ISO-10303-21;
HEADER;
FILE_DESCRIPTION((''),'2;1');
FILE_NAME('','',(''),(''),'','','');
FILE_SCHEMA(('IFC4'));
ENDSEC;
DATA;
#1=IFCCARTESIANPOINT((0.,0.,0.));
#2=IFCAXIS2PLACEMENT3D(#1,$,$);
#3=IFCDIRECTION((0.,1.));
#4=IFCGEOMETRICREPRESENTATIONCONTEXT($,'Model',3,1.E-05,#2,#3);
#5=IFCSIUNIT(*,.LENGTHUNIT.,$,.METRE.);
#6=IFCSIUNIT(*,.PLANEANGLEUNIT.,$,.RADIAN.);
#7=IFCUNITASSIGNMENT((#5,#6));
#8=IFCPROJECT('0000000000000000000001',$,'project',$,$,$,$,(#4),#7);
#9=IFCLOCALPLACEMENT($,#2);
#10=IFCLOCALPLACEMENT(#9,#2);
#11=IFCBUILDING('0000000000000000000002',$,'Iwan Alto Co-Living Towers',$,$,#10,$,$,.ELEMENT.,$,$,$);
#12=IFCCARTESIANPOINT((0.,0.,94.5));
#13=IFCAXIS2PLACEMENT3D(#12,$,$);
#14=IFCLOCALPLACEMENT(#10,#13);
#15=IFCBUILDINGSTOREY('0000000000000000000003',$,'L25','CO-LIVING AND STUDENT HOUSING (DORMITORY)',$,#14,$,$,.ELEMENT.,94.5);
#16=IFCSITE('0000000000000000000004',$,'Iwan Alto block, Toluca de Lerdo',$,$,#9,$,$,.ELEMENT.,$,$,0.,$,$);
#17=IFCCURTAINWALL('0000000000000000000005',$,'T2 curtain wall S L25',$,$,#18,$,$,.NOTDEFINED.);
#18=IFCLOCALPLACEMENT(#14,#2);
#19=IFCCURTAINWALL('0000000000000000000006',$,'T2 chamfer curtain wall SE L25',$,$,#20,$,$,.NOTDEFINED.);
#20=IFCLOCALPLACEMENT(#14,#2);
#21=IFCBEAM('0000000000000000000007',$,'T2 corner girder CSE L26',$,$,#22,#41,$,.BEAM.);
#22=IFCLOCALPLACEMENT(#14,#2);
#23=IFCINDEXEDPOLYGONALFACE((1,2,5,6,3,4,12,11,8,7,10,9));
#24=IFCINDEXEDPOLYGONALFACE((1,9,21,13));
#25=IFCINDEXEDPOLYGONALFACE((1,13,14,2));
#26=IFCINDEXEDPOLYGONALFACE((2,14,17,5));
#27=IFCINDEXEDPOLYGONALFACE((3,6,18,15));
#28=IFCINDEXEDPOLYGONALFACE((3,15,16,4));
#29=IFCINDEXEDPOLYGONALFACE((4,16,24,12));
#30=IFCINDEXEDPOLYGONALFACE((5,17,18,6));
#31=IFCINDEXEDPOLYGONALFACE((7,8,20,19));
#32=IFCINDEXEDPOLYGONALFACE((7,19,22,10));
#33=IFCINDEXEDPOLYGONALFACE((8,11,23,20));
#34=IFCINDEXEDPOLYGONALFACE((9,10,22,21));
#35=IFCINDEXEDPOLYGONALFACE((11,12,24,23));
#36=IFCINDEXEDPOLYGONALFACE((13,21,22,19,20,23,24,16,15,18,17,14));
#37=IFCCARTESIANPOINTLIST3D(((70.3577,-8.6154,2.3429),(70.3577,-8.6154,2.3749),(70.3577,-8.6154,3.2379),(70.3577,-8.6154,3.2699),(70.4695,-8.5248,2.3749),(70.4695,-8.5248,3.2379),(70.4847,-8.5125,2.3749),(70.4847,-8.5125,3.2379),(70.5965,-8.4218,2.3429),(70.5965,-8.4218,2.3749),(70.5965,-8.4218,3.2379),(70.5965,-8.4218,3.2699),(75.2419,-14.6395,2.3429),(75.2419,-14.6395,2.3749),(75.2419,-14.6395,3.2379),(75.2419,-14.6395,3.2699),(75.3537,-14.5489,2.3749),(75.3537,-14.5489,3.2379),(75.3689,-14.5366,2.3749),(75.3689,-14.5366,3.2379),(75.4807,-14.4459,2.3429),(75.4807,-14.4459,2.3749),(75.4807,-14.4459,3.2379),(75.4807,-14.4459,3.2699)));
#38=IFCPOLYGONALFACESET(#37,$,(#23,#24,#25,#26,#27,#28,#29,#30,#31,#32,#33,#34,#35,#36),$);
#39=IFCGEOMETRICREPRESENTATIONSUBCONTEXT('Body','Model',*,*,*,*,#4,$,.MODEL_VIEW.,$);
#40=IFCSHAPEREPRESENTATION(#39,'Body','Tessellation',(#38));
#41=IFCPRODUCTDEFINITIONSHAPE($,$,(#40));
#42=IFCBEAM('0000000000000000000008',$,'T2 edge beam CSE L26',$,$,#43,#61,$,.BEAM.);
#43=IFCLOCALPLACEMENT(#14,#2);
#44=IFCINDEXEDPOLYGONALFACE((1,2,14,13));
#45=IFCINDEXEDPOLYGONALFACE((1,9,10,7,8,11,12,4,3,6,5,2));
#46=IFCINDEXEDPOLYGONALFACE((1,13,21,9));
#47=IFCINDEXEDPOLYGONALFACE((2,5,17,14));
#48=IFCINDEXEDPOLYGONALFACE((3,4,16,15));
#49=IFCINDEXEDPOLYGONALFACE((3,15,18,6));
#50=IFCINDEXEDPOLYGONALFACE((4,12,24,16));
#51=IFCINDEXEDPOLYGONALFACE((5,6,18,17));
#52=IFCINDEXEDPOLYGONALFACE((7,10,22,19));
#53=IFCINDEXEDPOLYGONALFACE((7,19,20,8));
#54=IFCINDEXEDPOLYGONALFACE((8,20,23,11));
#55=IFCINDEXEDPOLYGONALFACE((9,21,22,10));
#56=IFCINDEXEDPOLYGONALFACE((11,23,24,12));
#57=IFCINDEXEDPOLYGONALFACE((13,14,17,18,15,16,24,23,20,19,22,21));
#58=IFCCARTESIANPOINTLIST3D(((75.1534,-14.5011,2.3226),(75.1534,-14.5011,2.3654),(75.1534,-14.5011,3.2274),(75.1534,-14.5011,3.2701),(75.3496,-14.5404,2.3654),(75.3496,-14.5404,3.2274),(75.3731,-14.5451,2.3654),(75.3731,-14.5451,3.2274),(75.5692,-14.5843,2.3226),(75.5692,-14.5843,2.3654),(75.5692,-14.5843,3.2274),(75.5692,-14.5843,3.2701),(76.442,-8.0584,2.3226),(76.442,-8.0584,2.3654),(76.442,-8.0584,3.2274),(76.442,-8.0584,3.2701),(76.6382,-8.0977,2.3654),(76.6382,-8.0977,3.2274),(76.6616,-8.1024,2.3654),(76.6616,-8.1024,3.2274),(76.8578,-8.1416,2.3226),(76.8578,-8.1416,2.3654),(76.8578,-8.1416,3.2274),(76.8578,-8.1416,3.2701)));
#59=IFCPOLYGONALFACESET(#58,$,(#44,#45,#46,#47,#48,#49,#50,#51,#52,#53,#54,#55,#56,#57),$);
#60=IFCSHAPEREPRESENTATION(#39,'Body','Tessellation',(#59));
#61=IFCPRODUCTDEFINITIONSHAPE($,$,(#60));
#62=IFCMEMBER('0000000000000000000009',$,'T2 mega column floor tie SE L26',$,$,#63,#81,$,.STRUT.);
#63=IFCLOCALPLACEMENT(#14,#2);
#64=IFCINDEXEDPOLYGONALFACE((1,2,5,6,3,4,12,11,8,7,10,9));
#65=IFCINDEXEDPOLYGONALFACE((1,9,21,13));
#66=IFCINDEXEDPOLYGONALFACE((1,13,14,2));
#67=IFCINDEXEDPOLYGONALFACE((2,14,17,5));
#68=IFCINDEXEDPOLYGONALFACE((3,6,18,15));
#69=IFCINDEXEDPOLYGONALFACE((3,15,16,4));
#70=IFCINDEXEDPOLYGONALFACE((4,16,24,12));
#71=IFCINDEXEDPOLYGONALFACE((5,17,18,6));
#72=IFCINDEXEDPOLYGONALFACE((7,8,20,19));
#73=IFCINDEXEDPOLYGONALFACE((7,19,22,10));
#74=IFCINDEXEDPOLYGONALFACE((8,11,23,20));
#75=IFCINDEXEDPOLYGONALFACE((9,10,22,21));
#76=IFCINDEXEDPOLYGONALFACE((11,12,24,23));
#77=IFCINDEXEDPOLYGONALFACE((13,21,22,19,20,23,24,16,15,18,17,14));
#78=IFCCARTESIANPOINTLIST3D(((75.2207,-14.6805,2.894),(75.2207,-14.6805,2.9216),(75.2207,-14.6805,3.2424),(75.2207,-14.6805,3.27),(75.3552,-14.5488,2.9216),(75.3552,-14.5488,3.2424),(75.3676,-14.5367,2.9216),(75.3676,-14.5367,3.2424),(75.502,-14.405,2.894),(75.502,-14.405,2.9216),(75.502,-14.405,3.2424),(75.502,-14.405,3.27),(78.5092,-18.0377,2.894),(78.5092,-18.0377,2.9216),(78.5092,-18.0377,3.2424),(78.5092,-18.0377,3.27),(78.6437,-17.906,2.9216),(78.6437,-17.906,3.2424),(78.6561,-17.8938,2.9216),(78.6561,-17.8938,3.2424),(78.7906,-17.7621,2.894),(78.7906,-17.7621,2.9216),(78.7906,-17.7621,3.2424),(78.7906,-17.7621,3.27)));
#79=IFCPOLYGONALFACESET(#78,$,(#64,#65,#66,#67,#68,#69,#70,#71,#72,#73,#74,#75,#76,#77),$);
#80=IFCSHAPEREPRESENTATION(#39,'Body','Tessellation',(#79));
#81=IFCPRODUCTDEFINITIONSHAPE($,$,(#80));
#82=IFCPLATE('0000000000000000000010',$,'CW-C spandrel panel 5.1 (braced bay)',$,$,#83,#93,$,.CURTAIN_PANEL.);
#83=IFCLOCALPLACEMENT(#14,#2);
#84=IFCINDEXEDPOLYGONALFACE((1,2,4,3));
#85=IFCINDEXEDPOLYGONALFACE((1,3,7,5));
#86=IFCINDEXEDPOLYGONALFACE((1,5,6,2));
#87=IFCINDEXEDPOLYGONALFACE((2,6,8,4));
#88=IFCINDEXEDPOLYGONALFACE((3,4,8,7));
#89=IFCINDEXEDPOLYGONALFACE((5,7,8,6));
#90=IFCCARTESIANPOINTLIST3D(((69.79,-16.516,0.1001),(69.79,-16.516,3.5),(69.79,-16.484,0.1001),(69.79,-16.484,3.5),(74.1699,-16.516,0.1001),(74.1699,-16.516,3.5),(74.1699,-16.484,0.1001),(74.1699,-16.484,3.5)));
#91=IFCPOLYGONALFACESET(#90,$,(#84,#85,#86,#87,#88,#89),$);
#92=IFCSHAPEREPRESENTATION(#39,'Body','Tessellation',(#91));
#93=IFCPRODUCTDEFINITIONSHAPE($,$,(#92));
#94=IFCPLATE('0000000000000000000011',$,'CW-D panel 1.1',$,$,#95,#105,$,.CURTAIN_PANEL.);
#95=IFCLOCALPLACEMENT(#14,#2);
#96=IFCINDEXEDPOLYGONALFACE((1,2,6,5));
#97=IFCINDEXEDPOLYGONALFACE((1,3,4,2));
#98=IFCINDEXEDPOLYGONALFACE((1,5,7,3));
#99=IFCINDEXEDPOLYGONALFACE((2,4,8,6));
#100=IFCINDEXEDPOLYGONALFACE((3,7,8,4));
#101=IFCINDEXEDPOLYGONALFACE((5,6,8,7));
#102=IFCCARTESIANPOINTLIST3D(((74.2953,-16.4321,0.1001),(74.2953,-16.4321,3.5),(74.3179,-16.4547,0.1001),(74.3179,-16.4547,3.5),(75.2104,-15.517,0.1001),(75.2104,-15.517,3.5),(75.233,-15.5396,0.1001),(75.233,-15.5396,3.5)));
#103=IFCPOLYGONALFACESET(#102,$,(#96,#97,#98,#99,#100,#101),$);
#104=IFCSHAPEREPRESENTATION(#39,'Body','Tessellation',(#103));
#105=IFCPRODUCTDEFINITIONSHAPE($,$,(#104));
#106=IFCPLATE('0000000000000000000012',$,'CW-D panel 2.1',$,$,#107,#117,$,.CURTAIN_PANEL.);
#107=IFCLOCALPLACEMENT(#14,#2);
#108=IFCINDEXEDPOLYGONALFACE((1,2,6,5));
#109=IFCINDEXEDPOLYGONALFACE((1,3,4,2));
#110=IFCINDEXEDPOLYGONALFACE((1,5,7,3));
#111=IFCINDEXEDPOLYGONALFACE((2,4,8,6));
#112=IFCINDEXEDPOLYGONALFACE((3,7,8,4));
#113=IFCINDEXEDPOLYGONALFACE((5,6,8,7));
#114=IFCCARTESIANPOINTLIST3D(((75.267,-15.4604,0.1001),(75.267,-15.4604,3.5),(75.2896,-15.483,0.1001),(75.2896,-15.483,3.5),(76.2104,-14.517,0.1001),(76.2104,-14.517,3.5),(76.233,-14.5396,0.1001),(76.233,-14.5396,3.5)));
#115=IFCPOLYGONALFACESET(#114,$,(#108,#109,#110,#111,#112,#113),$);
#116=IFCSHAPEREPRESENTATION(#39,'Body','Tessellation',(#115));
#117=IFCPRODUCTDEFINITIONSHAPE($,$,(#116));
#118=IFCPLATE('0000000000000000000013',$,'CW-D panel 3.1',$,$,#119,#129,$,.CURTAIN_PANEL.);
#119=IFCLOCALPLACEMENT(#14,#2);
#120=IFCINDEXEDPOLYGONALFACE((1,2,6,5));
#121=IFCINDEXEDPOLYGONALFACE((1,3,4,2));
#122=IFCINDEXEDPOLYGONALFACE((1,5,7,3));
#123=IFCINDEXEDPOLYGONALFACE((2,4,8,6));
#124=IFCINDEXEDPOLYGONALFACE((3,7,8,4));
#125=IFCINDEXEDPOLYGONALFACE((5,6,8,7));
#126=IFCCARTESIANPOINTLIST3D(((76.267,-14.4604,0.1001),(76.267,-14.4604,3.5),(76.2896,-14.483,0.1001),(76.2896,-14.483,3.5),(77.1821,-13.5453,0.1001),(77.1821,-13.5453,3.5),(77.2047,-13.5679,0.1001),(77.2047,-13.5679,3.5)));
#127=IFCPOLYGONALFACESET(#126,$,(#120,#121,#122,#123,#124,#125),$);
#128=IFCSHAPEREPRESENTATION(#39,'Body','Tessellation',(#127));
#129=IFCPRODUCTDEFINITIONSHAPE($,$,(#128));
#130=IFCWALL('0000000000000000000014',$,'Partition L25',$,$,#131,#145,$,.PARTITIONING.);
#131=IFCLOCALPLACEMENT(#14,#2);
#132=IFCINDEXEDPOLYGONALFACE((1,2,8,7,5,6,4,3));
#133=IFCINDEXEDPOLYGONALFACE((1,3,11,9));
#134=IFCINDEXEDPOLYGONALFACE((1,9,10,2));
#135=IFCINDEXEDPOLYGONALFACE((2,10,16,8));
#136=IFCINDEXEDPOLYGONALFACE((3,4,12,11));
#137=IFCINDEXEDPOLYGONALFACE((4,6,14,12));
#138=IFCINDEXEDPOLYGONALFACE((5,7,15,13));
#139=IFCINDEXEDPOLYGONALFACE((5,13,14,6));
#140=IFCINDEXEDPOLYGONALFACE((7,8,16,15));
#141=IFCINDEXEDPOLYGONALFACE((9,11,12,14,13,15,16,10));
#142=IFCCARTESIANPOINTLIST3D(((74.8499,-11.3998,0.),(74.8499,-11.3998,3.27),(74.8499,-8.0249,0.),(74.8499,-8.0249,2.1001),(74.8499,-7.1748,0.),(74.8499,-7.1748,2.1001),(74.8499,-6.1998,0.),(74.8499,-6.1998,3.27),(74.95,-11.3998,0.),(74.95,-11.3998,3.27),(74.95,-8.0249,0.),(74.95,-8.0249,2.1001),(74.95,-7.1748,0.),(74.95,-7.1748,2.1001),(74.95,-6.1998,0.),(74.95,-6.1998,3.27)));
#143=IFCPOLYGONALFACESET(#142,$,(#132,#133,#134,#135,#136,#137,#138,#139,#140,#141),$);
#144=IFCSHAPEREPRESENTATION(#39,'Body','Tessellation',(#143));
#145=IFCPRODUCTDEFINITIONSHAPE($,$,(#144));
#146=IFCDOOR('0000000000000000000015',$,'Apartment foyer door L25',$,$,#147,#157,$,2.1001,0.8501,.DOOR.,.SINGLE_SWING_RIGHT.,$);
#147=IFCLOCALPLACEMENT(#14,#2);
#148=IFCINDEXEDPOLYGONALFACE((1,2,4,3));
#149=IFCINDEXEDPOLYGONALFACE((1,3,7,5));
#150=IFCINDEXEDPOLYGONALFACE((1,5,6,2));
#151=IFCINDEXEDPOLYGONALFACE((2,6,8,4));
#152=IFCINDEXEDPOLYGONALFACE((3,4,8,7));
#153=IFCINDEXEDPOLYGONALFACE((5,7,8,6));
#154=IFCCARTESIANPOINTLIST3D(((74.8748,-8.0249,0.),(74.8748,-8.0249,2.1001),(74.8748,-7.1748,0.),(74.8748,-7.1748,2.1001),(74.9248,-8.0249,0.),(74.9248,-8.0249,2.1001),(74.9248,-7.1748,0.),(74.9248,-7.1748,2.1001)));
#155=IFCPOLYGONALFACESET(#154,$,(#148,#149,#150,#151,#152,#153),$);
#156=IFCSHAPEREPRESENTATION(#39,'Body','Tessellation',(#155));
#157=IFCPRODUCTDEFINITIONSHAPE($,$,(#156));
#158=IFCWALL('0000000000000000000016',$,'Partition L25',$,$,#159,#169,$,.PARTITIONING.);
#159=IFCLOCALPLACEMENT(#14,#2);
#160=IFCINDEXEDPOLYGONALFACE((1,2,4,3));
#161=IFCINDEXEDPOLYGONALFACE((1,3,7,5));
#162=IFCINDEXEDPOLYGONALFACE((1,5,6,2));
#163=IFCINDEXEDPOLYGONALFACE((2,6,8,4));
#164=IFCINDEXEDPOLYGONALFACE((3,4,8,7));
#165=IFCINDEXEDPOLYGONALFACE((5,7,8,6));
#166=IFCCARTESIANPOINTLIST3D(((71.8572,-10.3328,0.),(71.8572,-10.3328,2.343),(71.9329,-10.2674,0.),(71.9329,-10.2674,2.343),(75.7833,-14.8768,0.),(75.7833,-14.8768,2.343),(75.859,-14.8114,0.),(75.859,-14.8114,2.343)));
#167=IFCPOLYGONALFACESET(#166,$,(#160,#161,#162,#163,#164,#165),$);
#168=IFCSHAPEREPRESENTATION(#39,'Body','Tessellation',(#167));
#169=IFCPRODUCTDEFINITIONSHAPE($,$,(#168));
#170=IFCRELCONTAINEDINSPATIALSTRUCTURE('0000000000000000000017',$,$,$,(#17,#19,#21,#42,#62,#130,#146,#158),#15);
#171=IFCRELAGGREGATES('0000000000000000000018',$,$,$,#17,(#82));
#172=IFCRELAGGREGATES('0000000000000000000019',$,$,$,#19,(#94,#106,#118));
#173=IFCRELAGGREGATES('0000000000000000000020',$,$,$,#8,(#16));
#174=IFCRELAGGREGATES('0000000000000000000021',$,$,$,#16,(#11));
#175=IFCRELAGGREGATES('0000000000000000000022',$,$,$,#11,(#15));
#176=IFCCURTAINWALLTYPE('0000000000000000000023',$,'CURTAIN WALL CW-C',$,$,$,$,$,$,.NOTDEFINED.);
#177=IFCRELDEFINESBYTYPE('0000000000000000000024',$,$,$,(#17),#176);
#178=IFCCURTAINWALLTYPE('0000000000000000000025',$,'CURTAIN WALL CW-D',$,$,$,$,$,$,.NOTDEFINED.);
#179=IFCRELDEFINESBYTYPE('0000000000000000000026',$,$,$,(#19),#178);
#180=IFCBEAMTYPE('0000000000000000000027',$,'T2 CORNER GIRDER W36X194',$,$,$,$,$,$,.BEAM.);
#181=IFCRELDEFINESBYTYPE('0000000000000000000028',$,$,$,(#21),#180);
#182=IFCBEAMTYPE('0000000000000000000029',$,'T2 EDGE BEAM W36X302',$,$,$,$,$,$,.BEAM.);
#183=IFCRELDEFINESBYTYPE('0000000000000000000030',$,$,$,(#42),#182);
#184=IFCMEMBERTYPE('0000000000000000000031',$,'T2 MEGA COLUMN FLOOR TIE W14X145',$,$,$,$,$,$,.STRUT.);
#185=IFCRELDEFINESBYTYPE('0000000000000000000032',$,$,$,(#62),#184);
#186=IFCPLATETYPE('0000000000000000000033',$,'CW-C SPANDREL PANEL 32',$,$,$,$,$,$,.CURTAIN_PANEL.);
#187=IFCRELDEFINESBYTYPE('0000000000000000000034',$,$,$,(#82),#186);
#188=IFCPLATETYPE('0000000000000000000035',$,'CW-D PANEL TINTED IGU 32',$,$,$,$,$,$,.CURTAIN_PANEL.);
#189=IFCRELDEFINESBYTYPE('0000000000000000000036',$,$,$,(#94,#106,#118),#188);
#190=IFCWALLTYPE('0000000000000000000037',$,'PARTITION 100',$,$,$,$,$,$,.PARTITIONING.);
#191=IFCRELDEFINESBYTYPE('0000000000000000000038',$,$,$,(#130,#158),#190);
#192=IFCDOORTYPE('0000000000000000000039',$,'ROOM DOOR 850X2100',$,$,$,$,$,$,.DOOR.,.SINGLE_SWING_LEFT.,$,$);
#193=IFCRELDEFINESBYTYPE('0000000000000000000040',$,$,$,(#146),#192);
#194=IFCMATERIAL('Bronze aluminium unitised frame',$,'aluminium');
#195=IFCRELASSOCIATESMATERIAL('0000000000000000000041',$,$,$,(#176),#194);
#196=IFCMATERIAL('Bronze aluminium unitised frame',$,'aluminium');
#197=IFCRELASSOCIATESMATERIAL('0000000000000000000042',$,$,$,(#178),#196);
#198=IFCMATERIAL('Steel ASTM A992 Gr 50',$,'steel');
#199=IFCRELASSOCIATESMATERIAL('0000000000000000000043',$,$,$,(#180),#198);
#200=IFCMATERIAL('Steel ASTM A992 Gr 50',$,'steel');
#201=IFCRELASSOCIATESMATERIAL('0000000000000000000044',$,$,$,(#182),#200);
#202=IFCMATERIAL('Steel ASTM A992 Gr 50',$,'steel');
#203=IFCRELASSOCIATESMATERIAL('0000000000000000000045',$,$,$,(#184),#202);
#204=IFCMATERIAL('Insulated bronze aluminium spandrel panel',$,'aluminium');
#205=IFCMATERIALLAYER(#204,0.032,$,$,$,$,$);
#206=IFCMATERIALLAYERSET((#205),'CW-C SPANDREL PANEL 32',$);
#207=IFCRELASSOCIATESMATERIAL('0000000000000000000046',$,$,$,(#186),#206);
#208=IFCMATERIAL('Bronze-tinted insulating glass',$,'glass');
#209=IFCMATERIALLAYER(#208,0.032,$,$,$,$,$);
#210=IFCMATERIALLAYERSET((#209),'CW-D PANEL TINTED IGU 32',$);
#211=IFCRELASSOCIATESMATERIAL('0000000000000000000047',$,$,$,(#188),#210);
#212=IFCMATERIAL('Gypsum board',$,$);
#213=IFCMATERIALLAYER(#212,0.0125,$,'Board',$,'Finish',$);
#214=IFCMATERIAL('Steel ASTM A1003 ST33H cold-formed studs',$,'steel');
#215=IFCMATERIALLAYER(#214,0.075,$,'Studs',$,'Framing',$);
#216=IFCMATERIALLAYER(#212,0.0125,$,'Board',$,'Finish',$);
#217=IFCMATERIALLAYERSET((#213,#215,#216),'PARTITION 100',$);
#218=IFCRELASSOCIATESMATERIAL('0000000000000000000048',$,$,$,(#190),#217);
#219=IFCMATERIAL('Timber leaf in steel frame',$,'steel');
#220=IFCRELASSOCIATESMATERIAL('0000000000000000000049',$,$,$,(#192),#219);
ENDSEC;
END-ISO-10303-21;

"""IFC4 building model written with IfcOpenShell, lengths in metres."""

from ifc_helpers import new_model, si_unit, direction, frame, frame_2d, origin, origin_2d, place, context, subcontext, project, spatial, rectangle, i_section, extrude, material, layer, layer_set, material_profile, profile_set, type_object, element, fill, aggregate, save


model = new_model("IFC4")

# Units and contexts
model_context = context("Model", 3, precision=1e-05, world=origin(), true_north=direction((0.0, 1.0)))
body_context = subcontext(model_context, "Body", "Model", "MODEL_VIEW")
ifc_project = project(units=[si_unit("LENGTHUNIT", "METRE"), si_unit("PLANEANGLEUNIT", "RADIAN")], contexts=[model_context])

# Site, building, storey
site_placement = place(None, origin())
site = spatial("IfcSite", under=ifc_project, at=site_placement, Name="Iwan Alto block, Toluca de Lerdo", CompositionType="ELEMENT", RefElevation=0.0)
building_placement = place(site_placement, origin())
building = spatial("IfcBuilding", under=site, at=building_placement, Name="Iwan Alto Co-Living Towers", CompositionType="ELEMENT")
storey_placement = place(building_placement, frame((0.0, 0.0, 94.5)))
storey = spatial("IfcBuildingStorey", under=building, at=storey_placement, Name="L25", Description="CO-LIVING AND STUDENT HOUSING (DORMITORY)", CompositionType="ELEMENT", Elevation=94.5)

# Curtain wall
ifc_material_1 = material(Name="Bronze aluminium unitised frame", Category="aluminium")
curtain_wall_type_1 = type_object("IfcCurtainWallType", Name="CURTAIN WALL CW-C", PredefinedType="NOTDEFINED", material=ifc_material_1)
curtain_wall_1_placement = place(storey_placement, origin())
curtain_wall_1 = element("IfcCurtainWall", 1, at=curtain_wall_1_placement, inside=storey, type_object=curtain_wall_type_1, Name="T2 curtain wall S L25", PredefinedType="NOTDEFINED")

# Curtain wall
ifc_material_2 = material(Name="Bronze aluminium unitised frame", Category="aluminium")
curtain_wall_type_2 = type_object("IfcCurtainWallType", Name="CURTAIN WALL CW-D", PredefinedType="NOTDEFINED", material=ifc_material_2)
curtain_wall_2_placement = place(storey_placement, origin())
curtain_wall_2 = element("IfcCurtainWall", 2, at=curtain_wall_2_placement, inside=storey, type_object=curtain_wall_type_2, Name="T2 chamfer curtain wall SE L25", PredefinedType="NOTDEFINED")

# Beams
ifc_material_3 = material(Name="Steel ASTM A992 Gr 50", Category="steel")
ifc_material_profile_1 = material_profile(ifc_material_3, i_section(OverallWidth=0.3074, OverallDepth=0.927, WebThickness=0.0195, FlangeThickness=0.032, at=origin_2d()), Name="W36X194")
ifc_profile_set_1 = profile_set([ifc_material_profile_1], Name="Steel ASTM A992 Gr 50")
beam_type_1 = type_object("IfcBeamType", Name="T2 CORNER GIRDER W36X194", PredefinedType="BEAM", material=ifc_profile_set_1)
beam_1_placement = place(storey_placement, frame((75.3613, -14.5427, 2.8064), z_axis=(-0.629788, 0.776767, 0.0), x_axis=(-0.776767, -0.629788, 0.0)))
element("IfcBeam", 3, at=beam_1_placement, inside=storey, type_object=beam_type_1, Name="T2 corner girder CSE L26", PredefinedType="BEAM", context=body_context, shape_type="SweptSolid", body=[
    extrude(i_section(OverallWidth=0.3074, OverallDepth=0.927, WebThickness=0.0195, FlangeThickness=0.032, at=origin_2d()), origin(), (0.0, 0.0, 1.0), 7.7554),
])
ifc_material_4 = material(Name="Steel ASTM A992 Gr 50", Category="steel")
ifc_material_profile_2 = material_profile(ifc_material_4, i_section(OverallWidth=0.4241, OverallDepth=0.9475, WebThickness=0.0239, FlangeThickness=0.0427, at=origin_2d()), Name="W36X302")
ifc_profile_set_2 = profile_set([ifc_material_profile_2], Name="Steel ASTM A992 Gr 50")
beam_type_2 = type_object("IfcBeamType", Name="T2 EDGE BEAM W36X302", PredefinedType="BEAM", material=ifc_profile_set_2)
beam_2_placement = place(storey_placement, frame((75.3613, -14.5427, 2.7964), z_axis=(0.196123, 0.980579, 0.0), x_axis=(-0.980579, 0.196123, 0.0)))
element("IfcBeam", 4, at=beam_2_placement, inside=storey, type_object=beam_type_2, Name="T2 edge beam CSE L26", PredefinedType="BEAM", context=body_context, shape_type="SweptSolid", body=[
    extrude(i_section(OverallWidth=0.4241, OverallDepth=0.9475, WebThickness=0.0239, FlangeThickness=0.0427, at=origin_2d()), origin(), (0.0, 0.0, 1.0), 6.5703),
])

# Member
ifc_material_5 = material(Name="Steel ASTM A992 Gr 50", Category="steel")
ifc_material_profile_3 = material_profile(ifc_material_5, i_section(OverallWidth=0.3938, OverallDepth=0.376, WebThickness=0.0173, FlangeThickness=0.0276, at=origin_2d()), Name="W14X145")
ifc_profile_set_3 = profile_set([ifc_material_profile_3], Name="Steel ASTM A992 Gr 50")
member_type_1 = type_object("IfcMemberType", Name="T2 MEGA COLUMN FLOOR TIE W14X145", PredefinedType="STRUT", material=ifc_profile_set_3)
member_1_placement = place(storey_placement, frame((78.6499, -17.8999, 3.082), z_axis=(-0.69977, 0.714368, 0.0), x_axis=(-0.714368, -0.69977, 0.0)))
element("IfcMember", 5, at=member_1_placement, inside=storey, type_object=member_type_1, Name="T2 mega column floor tie SE L26", PredefinedType="STRUT", context=body_context, shape_type="SweptSolid", body=[
    extrude(i_section(OverallWidth=0.3938, OverallDepth=0.376, WebThickness=0.0173, FlangeThickness=0.0276, at=origin_2d()), origin(), (0.0, 0.0, 1.0), 4.6995),
])

# Plates
ifc_material_6 = material(Name="Insulated bronze aluminium spandrel panel", Category="aluminium")
ifc_layer_1 = layer(ifc_material_6, 0.032)
ifc_layer_set_1 = layer_set([ifc_layer_1], Name="CW-C SPANDREL PANEL 32")
plate_type_1 = type_object("IfcPlateType", Name="CW-C SPANDREL PANEL 32", PredefinedType="CURTAIN_PANEL", material=ifc_layer_set_1)
plate_1_placement = place(storey_placement, frame((71.98, -16.5, 0.1001), z_axis=(0.0, 0.0, 1.0), x_axis=(1.0, 0.0, 0.0)))
plate_1 = element("IfcPlate", 6, at=plate_1_placement, type_object=plate_type_1, Name="CW-C spandrel panel 5.1 (braced bay)", PredefinedType="CURTAIN_PANEL", context=body_context, shape_type="SweptSolid", body=[
    extrude(rectangle(XDim=4.3799, YDim=0.032, at=origin_2d()), origin(), (0.0, 0.0, 1.0), 3.3999),
])
aggregate(curtain_wall_1, [plate_1])
ifc_material_7 = material(Name="Bronze-tinted insulating glass", Category="glass")
ifc_layer_2 = layer(ifc_material_7, 0.032)
ifc_layer_set_2 = layer_set([ifc_layer_2], Name="CW-D PANEL TINTED IGU 32")
plate_type_2 = type_object("IfcPlateType", Name="CW-D PANEL TINTED IGU 32", PredefinedType="CURTAIN_PANEL", material=ifc_layer_set_2)
plate_2_placement = place(storey_placement, frame((74.7642, -15.9858, 0.1001), z_axis=(0.0, 0.0, 1.0), x_axis=(0.707107, 0.707107, 0.0)))
plate_2 = element("IfcPlate", 7, at=plate_2_placement, type_object=plate_type_2, Name="CW-D panel 1.1", PredefinedType="CURTAIN_PANEL", context=body_context, shape_type="SweptSolid", body=[
    extrude(rectangle(XDim=1.2942, YDim=0.032, at=origin_2d()), origin(), (0.0, 0.0, 1.0), 3.3999),
])
plate_3_placement = place(storey_placement, frame((75.75, -15.0, 0.1001), z_axis=(0.0, 0.0, 1.0), x_axis=(0.707107, 0.707107, 0.0)))
plate_3 = element("IfcPlate", 8, at=plate_3_placement, type_object=plate_type_2, Name="CW-D panel 2.1", PredefinedType="CURTAIN_PANEL", context=body_context, shape_type="SweptSolid", body=[
    extrude(rectangle(XDim=1.3342, YDim=0.032, at=origin_2d()), origin(), (0.0, 0.0, 1.0), 3.3999),
])
plate_4_placement = place(storey_placement, frame((76.7358, -14.0142, 0.1001), z_axis=(0.0, 0.0, 1.0), x_axis=(0.707107, 0.707107, 0.0)))
plate_4 = element("IfcPlate", 9, at=plate_4_placement, type_object=plate_type_2, Name="CW-D panel 3.1", PredefinedType="CURTAIN_PANEL", context=body_context, shape_type="SweptSolid", body=[
    extrude(rectangle(XDim=1.2942, YDim=0.032, at=origin_2d()), origin(), (0.0, 0.0, 1.0), 3.3999),
])
aggregate(curtain_wall_2, [plate_2, plate_3, plate_4])

# Wall, opening, door
ifc_material_8 = material(Name="Gypsum board")
ifc_layer_3 = layer(ifc_material_8, 0.0125, Name="Board", Category="Finish")
ifc_material_9 = material(Name="Steel ASTM A1003 ST33H cold-formed studs", Category="steel")
ifc_layer_4 = layer(ifc_material_9, 0.075, Name="Studs", Category="Framing")
ifc_layer_5 = layer(ifc_material_8, 0.0125, Name="Board", Category="Finish")
ifc_layer_set_3 = layer_set([ifc_layer_3, ifc_layer_4, ifc_layer_5], Name="PARTITION 100")
wall_type_1 = type_object("IfcWallType", Name="PARTITION 100", PredefinedType="PARTITIONING", material=ifc_layer_set_3)
wall_1_placement = place(storey_placement, frame((74.8999, -11.3999, 0.0), z_axis=(0.0, 0.0, 1.0), x_axis=(0.0, 1.0, 0.0)))
wall_1 = element("IfcWall", 10, at=wall_1_placement, inside=storey, type_object=wall_type_1, Name="Partition L25", PredefinedType="PARTITIONING", context=body_context, shape_type="SweptSolid", body=[
    extrude(rectangle(XDim=5.2, YDim=0.1001, at=frame_2d((2.6001, 0.0))), origin(), (0.0, 0.0, 1.0), 3.27),
])
opening_placement = place(wall_1_placement, frame((3.375, 0.0, 0.0)))
opening = element("IfcOpeningElement", 11, at=opening_placement, cuts=wall_1, PredefinedType="OPENING", context=body_context, shape_type="SweptSolid", body=[
    extrude(rectangle(XDim=0.8501, YDim=2.1001, at=frame_2d((0.425, 1.05))), frame((0.0, 0.0601, 0.0), z_axis=(0.0, -1.0, 0.0), x_axis=(1.0, 0.0, 0.0)), (0.0, 0.0, 1.0), 0.1201),
])
ifc_material_10 = material(Name="Timber leaf in steel frame", Category="steel")
door_type = type_object("IfcDoorType", Name="ROOM DOOR 850X2100", OperationType="SINGLE_SWING_LEFT", PredefinedType="DOOR", material=ifc_material_10)
door_placement = place(opening_placement, frame((0.8501, 0.0, 0.0), z_axis=(0.0, 0.0, 1.0), x_axis=(-1.0, 0.0, 0.0)))
door = element("IfcDoor", 12, at=door_placement, inside=storey, type_object=door_type, Name="Apartment foyer door L25", OperationType="SINGLE_SWING_RIGHT", OverallHeight=2.1001, OverallWidth=0.8501, PredefinedType="DOOR", context=body_context, shape_type="SweptSolid", body=[
    extrude(rectangle(XDim=0.8501, YDim=2.1001, at=frame_2d((0.425, 1.05))), frame((0.0, 0.0249, 0.0), z_axis=(0.0, -1.0, 0.0), x_axis=(1.0, 0.0, 0.0)), (0.0, 0.0, 1.0), 0.05),
])
fill(opening, door)

# Wall
wall_2_placement = place(storey_placement, frame((75.821, -14.844, 0.0), z_axis=(0.0, 0.0, 1.0), x_axis=(-0.653783, 0.756682, 0.0)))
element("IfcWall", 13, at=wall_2_placement, inside=storey, type_object=wall_type_1, Name="Partition L25", PredefinedType="PARTITIONING", context=body_context, shape_type="SweptSolid", body=[
    extrude(rectangle(XDim=6.0051, YDim=0.1001, at=frame_2d((3.0024, 0.0))), origin(), (0.0, 0.0, 1.0), 2.343),
])

save(model, "model.ifc")
